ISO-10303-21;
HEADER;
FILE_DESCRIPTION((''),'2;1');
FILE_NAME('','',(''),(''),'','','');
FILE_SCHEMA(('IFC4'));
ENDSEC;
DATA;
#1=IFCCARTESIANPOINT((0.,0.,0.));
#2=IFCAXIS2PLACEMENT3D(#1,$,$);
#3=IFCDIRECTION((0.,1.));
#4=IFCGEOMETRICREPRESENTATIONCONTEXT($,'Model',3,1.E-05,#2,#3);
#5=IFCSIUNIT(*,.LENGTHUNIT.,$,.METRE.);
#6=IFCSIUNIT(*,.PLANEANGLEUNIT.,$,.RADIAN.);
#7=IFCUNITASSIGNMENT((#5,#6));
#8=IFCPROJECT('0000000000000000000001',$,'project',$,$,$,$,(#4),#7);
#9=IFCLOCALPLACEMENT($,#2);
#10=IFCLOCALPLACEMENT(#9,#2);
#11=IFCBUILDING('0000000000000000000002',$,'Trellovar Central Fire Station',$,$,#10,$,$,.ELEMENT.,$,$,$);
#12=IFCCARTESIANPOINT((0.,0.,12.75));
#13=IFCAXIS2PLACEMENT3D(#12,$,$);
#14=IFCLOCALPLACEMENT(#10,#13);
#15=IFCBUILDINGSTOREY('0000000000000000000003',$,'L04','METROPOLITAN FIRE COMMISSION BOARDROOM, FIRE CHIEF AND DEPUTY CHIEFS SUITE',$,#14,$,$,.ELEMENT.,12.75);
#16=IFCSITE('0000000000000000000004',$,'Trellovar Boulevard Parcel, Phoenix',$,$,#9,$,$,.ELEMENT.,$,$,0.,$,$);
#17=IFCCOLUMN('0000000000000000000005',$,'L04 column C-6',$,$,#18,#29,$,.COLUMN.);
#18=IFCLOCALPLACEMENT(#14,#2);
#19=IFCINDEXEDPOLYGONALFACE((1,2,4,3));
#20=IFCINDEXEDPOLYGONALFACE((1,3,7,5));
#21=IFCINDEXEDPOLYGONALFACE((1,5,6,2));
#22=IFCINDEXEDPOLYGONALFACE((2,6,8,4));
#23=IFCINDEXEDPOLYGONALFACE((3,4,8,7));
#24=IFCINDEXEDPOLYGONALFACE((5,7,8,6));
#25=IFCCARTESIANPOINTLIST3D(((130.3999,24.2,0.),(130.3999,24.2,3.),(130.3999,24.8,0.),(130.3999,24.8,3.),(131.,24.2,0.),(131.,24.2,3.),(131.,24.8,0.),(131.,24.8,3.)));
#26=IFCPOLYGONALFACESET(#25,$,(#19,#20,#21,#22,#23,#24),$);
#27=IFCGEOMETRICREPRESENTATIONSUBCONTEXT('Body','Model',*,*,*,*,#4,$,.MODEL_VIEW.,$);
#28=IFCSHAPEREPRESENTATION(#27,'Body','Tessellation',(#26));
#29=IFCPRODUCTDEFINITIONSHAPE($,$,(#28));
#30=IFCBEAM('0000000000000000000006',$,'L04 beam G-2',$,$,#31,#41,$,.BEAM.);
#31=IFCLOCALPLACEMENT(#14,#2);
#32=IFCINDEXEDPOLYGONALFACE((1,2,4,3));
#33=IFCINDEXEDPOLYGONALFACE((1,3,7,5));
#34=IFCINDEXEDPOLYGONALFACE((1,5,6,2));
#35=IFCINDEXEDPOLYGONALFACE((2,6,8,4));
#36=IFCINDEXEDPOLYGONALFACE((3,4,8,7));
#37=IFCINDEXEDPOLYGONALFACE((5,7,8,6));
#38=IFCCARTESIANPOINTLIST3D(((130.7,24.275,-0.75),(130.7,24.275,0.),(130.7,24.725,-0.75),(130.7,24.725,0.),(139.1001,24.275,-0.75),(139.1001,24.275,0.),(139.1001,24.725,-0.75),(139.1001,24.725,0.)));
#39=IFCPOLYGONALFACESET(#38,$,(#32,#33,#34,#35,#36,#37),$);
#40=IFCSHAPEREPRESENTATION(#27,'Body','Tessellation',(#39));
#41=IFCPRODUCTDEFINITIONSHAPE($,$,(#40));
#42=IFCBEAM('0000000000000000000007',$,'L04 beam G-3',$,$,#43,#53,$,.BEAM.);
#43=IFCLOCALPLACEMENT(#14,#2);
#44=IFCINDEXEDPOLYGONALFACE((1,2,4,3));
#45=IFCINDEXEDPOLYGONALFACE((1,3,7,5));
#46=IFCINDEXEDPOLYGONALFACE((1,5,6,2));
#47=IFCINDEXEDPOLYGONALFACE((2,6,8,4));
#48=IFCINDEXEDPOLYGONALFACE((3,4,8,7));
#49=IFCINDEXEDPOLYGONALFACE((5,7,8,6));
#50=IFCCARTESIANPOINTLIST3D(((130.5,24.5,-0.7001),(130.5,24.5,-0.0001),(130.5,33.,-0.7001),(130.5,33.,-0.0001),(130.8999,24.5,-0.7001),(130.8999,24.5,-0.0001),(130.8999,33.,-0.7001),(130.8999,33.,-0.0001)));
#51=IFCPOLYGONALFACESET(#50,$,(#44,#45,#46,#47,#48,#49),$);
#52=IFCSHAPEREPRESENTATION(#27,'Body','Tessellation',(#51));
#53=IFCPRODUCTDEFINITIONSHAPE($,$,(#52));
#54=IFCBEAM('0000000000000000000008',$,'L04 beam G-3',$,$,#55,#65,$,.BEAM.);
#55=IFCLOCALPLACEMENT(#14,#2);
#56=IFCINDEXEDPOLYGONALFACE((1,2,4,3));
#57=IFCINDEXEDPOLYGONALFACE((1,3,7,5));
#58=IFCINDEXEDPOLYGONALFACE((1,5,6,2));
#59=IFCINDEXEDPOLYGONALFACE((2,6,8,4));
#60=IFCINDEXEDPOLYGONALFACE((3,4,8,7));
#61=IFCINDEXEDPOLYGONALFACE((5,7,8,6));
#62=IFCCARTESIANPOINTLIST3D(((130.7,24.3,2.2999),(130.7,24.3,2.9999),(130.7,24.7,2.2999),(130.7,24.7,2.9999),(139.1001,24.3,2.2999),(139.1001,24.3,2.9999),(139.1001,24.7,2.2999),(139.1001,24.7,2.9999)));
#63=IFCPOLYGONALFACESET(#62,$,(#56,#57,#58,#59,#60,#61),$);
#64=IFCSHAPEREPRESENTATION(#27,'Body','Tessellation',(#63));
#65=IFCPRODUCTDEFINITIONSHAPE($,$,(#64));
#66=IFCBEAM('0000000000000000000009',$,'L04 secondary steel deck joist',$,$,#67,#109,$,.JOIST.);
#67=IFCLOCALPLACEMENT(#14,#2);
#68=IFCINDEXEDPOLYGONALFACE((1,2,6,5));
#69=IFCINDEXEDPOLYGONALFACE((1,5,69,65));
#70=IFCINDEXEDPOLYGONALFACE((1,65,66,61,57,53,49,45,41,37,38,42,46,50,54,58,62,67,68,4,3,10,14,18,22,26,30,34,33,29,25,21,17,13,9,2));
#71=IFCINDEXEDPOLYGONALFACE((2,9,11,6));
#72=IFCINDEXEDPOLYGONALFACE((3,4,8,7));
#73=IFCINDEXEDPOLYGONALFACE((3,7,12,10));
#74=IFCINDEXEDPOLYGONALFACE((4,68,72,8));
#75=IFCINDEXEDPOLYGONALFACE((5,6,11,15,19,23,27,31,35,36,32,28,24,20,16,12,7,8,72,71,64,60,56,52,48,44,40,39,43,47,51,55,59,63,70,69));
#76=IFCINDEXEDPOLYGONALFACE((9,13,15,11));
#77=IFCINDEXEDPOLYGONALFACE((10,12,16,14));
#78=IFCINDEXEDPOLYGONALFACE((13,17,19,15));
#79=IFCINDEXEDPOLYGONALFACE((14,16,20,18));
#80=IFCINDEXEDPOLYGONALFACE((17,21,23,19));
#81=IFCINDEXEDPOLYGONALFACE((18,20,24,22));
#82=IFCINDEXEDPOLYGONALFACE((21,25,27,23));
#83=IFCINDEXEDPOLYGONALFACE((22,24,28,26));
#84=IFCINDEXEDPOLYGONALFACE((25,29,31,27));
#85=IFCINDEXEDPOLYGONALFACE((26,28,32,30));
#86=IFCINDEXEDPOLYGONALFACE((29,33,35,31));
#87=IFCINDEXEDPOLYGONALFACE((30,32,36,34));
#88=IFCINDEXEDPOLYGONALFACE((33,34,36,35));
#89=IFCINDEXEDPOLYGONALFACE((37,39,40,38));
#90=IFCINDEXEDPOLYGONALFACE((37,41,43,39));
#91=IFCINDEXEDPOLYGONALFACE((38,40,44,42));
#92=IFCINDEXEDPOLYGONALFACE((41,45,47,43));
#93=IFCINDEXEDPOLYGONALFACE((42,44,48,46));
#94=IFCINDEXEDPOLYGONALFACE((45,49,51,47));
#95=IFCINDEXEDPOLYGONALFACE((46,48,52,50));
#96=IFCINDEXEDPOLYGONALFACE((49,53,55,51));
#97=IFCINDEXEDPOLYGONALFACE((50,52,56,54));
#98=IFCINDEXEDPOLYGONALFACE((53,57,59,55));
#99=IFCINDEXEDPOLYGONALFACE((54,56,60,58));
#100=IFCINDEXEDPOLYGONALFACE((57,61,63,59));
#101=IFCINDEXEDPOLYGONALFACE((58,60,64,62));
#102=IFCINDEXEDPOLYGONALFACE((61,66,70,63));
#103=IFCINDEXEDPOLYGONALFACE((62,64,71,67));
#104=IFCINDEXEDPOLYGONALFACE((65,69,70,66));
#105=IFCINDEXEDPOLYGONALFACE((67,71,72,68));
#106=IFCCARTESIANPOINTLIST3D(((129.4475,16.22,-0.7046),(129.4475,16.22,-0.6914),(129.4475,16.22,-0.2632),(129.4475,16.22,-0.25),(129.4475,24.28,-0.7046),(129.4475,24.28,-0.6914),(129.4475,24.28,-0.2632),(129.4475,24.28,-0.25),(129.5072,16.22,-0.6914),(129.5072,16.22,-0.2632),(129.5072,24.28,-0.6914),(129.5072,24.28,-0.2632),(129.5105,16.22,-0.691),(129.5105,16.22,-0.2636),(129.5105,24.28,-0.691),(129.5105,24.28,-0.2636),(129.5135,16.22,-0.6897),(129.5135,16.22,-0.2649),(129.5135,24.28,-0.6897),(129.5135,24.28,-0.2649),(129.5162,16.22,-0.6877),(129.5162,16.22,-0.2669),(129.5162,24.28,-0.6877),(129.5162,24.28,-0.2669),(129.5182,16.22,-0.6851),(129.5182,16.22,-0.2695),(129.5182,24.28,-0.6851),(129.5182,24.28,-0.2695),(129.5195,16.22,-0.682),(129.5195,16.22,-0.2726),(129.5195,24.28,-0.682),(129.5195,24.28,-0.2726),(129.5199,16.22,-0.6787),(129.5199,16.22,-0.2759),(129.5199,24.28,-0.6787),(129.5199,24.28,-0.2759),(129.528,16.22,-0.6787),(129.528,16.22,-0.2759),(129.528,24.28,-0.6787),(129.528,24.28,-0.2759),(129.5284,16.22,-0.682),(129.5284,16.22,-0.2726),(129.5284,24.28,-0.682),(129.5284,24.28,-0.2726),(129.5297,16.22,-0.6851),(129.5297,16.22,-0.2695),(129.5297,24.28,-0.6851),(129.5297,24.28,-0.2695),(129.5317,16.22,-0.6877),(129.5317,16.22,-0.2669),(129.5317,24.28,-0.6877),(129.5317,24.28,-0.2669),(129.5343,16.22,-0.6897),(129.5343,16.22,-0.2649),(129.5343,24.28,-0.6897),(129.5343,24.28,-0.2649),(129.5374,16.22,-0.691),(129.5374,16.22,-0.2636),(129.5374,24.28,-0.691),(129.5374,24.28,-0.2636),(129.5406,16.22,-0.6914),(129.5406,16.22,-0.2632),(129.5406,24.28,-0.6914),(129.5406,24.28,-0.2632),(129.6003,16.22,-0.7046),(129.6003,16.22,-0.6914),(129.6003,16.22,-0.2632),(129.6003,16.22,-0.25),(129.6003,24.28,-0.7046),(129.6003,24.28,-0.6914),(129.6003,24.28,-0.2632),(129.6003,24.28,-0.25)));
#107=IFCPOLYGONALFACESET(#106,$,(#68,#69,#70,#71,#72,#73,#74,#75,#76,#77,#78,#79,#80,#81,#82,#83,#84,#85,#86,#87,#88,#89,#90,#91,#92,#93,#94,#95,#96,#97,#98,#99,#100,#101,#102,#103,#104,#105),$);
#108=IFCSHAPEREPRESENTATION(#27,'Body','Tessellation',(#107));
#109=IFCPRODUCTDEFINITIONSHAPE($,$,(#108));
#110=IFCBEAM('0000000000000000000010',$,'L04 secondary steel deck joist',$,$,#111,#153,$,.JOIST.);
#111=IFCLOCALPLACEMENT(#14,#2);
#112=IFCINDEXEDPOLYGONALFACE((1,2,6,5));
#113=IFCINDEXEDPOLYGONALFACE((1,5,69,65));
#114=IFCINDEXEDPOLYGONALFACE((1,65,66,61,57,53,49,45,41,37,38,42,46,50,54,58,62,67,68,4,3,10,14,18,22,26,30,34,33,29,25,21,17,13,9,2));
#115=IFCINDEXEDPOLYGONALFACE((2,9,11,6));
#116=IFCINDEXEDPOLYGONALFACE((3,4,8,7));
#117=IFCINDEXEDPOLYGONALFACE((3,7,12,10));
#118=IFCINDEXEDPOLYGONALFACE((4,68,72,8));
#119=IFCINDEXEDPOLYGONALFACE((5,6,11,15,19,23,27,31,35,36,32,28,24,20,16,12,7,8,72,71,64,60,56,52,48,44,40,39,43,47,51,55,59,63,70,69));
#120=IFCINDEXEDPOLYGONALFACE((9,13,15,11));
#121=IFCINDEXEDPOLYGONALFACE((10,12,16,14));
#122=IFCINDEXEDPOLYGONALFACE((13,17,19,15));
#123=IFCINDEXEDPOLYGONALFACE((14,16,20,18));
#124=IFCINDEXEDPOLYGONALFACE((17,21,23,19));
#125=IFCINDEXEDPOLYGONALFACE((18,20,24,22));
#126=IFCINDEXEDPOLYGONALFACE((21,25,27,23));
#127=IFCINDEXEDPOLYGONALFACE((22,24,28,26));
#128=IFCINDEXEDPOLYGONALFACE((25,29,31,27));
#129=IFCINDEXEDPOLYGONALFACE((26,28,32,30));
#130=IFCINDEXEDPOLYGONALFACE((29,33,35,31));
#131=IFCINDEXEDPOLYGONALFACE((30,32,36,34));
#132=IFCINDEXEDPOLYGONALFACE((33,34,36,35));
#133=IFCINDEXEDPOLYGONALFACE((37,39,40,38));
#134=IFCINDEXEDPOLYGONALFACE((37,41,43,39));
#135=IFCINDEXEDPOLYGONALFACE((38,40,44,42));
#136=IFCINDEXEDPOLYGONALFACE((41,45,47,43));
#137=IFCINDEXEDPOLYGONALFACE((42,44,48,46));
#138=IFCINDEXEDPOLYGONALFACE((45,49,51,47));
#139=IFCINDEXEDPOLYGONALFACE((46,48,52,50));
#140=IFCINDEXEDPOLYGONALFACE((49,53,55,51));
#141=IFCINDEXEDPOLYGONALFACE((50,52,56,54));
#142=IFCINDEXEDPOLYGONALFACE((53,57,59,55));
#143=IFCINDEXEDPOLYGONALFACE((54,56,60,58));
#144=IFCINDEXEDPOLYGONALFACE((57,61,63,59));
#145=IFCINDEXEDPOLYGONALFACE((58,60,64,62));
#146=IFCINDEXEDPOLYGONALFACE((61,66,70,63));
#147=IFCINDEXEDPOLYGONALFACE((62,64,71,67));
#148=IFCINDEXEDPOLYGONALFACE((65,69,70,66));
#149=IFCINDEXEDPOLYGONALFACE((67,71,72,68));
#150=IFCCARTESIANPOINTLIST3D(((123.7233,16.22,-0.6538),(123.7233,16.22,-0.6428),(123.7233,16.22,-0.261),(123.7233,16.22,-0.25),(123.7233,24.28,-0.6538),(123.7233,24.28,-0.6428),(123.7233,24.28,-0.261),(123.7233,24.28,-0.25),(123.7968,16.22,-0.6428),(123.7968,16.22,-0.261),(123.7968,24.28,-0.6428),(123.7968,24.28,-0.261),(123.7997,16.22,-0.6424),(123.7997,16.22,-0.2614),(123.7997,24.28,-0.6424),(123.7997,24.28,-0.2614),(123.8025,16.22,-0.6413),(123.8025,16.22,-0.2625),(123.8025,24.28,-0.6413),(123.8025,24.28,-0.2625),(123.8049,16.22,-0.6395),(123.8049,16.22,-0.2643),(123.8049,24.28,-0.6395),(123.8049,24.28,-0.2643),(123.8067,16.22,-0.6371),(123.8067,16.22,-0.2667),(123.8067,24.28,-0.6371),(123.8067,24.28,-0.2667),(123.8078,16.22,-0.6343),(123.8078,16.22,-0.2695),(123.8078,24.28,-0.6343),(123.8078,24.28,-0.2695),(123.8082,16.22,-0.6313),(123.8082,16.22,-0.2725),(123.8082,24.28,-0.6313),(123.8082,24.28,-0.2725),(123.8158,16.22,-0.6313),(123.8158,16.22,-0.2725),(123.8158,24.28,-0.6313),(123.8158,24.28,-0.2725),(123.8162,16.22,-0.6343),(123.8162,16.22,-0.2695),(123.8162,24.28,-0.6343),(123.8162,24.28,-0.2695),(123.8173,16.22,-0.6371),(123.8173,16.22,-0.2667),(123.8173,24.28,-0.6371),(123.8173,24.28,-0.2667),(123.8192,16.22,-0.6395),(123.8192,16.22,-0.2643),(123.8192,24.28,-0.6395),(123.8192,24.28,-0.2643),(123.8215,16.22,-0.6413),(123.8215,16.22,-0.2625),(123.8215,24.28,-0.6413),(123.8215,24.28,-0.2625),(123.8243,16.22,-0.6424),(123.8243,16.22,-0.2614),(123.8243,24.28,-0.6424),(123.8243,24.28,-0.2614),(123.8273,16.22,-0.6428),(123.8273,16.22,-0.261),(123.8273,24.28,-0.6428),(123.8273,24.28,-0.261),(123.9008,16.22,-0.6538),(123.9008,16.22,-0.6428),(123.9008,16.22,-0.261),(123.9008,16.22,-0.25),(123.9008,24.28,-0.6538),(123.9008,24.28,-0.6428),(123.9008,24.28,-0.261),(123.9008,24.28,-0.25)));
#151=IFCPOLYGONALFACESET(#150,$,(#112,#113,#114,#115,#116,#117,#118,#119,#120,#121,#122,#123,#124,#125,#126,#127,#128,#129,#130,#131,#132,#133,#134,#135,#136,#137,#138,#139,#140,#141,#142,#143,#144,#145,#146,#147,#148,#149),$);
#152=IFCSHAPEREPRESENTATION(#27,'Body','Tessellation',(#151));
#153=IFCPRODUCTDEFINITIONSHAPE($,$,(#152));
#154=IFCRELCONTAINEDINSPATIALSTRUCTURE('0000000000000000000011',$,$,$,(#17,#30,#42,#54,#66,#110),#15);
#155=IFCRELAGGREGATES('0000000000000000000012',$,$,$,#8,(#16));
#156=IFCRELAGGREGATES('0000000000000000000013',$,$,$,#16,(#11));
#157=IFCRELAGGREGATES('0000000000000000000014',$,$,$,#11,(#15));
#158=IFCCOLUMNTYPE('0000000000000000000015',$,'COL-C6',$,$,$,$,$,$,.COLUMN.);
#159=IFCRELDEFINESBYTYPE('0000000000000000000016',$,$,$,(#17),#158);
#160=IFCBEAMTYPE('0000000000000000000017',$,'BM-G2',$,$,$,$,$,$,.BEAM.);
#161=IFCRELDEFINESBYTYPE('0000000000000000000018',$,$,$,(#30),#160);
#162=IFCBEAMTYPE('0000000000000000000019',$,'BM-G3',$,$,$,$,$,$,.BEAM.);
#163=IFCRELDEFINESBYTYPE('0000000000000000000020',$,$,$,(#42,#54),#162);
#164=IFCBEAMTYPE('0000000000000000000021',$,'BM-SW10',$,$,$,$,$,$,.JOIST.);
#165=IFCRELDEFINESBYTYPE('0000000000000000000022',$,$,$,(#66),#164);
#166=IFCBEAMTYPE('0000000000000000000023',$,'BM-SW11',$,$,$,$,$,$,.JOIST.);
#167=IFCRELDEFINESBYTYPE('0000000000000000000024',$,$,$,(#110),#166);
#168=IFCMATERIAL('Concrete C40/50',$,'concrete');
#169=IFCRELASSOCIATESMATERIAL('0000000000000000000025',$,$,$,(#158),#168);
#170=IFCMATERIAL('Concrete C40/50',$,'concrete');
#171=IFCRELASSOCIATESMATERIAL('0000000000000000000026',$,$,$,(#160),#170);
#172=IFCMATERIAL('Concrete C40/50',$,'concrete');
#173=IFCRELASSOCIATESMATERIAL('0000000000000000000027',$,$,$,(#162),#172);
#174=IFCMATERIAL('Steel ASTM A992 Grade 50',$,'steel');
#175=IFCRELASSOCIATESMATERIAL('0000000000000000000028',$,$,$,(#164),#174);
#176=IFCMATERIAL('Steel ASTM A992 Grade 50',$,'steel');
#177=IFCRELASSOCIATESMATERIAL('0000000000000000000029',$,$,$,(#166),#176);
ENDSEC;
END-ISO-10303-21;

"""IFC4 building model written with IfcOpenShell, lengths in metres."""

from ifc_helpers import new_model, si_unit, direction, frame, origin, origin_2d, place, context, subcontext, project, spatial, rectangle, i_section, extrude, material, material_profile, profile_set, type_object, element, save


model = new_model("IFC4")

# Units and contexts
model_context = context("Model", 3, precision=1e-05, world=origin(), true_north=direction((0.0, 1.0)))
body_context = subcontext(model_context, "Body", "Model", "MODEL_VIEW")
ifc_project = project(units=[si_unit("LENGTHUNIT", "METRE"), si_unit("PLANEANGLEUNIT", "RADIAN")], contexts=[model_context])

# Site, building, storey
site_placement = place(None, origin())
site = spatial("IfcSite", under=ifc_project, at=site_placement, Name="Trellovar Boulevard Parcel, Phoenix", CompositionType="ELEMENT", RefElevation=0.0)
building_placement = place(site_placement, origin())
building = spatial("IfcBuilding", under=site, at=building_placement, Name="Trellovar Central Fire Station", CompositionType="ELEMENT")
storey_placement = place(building_placement, frame((0.0, 0.0, 12.75)))
storey = spatial("IfcBuildingStorey", under=building, at=storey_placement, Name="L04", Description="METROPOLITAN FIRE COMMISSION BOARDROOM, FIRE CHIEF AND DEPUTY CHIEFS SUITE", CompositionType="ELEMENT", Elevation=12.75)

# Column
ifc_material_1 = material(Name="Concrete C40/50", Category="concrete")
ifc_material_profile_1 = material_profile(ifc_material_1, rectangle(XDim=0.6001, YDim=0.6001, at=origin_2d()), Name="RC600X600")
ifc_profile_set_1 = profile_set([ifc_material_profile_1], Name="Concrete C40/50")
column_type = type_object("IfcColumnType", Name="COL-C6", PredefinedType="COLUMN", material=ifc_profile_set_1)
column_placement = place(storey_placement, frame((130.7, 24.5, 0.0), z_axis=(0.0, 0.0, 1.0), x_axis=(1.0, 0.0, 0.0)))
element("IfcColumn", 1, at=column_placement, inside=storey, type_object=column_type, Name="L04 column C-6", PredefinedType="COLUMN", context=body_context, shape_type="SweptSolid", body=[
    extrude(rectangle(XDim=0.6001, YDim=0.6001, at=origin_2d()), origin(), (0.0, 0.0, 1.0), 3.0),
])

# Beams
ifc_material_2 = material(Name="Concrete C40/50", Category="concrete")
ifc_material_profile_2 = material_profile(ifc_material_2, rectangle(XDim=0.45, YDim=0.75, at=origin_2d()), Name="RC450X750")
ifc_profile_set_2 = profile_set([ifc_material_profile_2], Name="Concrete C40/50")
beam_type_1 = type_object("IfcBeamType", Name="BM-G2", PredefinedType="BEAM", material=ifc_profile_set_2)
beam_1_placement = place(storey_placement, frame((130.7, 24.5, -0.375), z_axis=(1.0, 0.0, 0.0), x_axis=(0.0, 1.0, 0.0)))
element("IfcBeam", 2, at=beam_1_placement, inside=storey, type_object=beam_type_1, Name="L04 beam G-2", PredefinedType="BEAM", context=body_context, shape_type="SweptSolid", body=[
    extrude(rectangle(XDim=0.45, YDim=0.75, at=origin_2d()), origin(), (0.0, 0.0, 1.0), 8.4001),
])
ifc_material_3 = material(Name="Concrete C40/50", Category="concrete")
ifc_material_profile_3 = material_profile(ifc_material_3, rectangle(XDim=0.3999, YDim=0.7, at=origin_2d()), Name="RC400X700")
ifc_profile_set_3 = profile_set([ifc_material_profile_3], Name="Concrete C40/50")
beam_type_2 = type_object("IfcBeamType", Name="BM-G3", PredefinedType="BEAM", material=ifc_profile_set_3)
beam_2_placement = place(storey_placement, frame((130.7, 24.5, -0.3501), z_axis=(0.0, 1.0, 0.0), x_axis=(-1.0, 0.0, 0.0)))
element("IfcBeam", 3, at=beam_2_placement, inside=storey, type_object=beam_type_2, Name="L04 beam G-3", PredefinedType="BEAM", context=body_context, shape_type="SweptSolid", body=[
    extrude(rectangle(XDim=0.3999, YDim=0.7, at=origin_2d()), origin(), (0.0, 0.0, 1.0), 8.5),
])
beam_3_placement = place(storey_placement, frame((130.7, 24.5, 2.6499), z_axis=(1.0, 0.0, 0.0), x_axis=(0.0, 1.0, 0.0)))
element("IfcBeam", 4, at=beam_3_placement, inside=storey, type_object=beam_type_2, Name="L04 beam G-3", PredefinedType="BEAM", context=body_context, shape_type="SweptSolid", body=[
    extrude(rectangle(XDim=0.3999, YDim=0.7, at=origin_2d()), origin(), (0.0, 0.0, 1.0), 8.4001),
])
ifc_material_4 = material(Name="Steel ASTM A992 Grade 50", Category="steel")
ifc_material_profile_4 = material_profile(ifc_material_4, i_section(OverallWidth=0.1528, OverallDepth=0.4546, WebThickness=0.0081, FlangeThickness=0.0132, FilletRadius=0.0127, at=origin_2d()), Name="W18X40")
ifc_profile_set_4 = profile_set([ifc_material_profile_4], Name="Steel ASTM A992 Grade 50")
beam_type_3 = type_object("IfcBeamType", Name="BM-SW10", PredefinedType="JOIST", material=ifc_profile_set_4)
beam_4_placement = place(storey_placement, frame((129.5239, 16.22, -0.4773), z_axis=(0.0, 1.0, 0.0), x_axis=(-1.0, 0.0, 0.0)))
element("IfcBeam", 5, at=beam_4_placement, inside=storey, type_object=beam_type_3, Name="L04 secondary steel deck joist", PredefinedType="JOIST", context=body_context, shape_type="SweptSolid", body=[
    extrude(i_section(OverallWidth=0.1528, OverallDepth=0.4546, WebThickness=0.0081, FlangeThickness=0.0132, FilletRadius=0.0127, at=origin_2d()), origin(), (0.0, 0.0, 1.0), 8.0601),
])
ifc_material_5 = material(Name="Steel ASTM A992 Grade 50", Category="steel")
ifc_material_profile_5 = material_profile(ifc_material_5, i_section(OverallWidth=0.1775, OverallDepth=0.4038, WebThickness=0.0076, FlangeThickness=0.011, FilletRadius=0.0115, at=origin_2d()), Name="W16X36")
ifc_profile_set_5 = profile_set([ifc_material_profile_5], Name="Steel ASTM A992 Grade 50")
beam_type_4 = type_object("IfcBeamType", Name="BM-SW11", PredefinedType="JOIST", material=ifc_profile_set_5)
beam_5_placement = place(storey_placement, frame((123.812, 16.22, -0.4519), z_axis=(0.0, 1.0, 0.0), x_axis=(-1.0, 0.0, 0.0)))
element("IfcBeam", 6, at=beam_5_placement, inside=storey, type_object=beam_type_4, Name="L04 secondary steel deck joist", PredefinedType="JOIST", context=body_context, shape_type="SweptSolid", body=[
    extrude(i_section(OverallWidth=0.1775, OverallDepth=0.4038, WebThickness=0.0076, FlangeThickness=0.011, FilletRadius=0.0115, at=origin_2d()), origin(), (0.0, 0.0, 1.0), 8.0601),
])

save(model, "model.ifc")
